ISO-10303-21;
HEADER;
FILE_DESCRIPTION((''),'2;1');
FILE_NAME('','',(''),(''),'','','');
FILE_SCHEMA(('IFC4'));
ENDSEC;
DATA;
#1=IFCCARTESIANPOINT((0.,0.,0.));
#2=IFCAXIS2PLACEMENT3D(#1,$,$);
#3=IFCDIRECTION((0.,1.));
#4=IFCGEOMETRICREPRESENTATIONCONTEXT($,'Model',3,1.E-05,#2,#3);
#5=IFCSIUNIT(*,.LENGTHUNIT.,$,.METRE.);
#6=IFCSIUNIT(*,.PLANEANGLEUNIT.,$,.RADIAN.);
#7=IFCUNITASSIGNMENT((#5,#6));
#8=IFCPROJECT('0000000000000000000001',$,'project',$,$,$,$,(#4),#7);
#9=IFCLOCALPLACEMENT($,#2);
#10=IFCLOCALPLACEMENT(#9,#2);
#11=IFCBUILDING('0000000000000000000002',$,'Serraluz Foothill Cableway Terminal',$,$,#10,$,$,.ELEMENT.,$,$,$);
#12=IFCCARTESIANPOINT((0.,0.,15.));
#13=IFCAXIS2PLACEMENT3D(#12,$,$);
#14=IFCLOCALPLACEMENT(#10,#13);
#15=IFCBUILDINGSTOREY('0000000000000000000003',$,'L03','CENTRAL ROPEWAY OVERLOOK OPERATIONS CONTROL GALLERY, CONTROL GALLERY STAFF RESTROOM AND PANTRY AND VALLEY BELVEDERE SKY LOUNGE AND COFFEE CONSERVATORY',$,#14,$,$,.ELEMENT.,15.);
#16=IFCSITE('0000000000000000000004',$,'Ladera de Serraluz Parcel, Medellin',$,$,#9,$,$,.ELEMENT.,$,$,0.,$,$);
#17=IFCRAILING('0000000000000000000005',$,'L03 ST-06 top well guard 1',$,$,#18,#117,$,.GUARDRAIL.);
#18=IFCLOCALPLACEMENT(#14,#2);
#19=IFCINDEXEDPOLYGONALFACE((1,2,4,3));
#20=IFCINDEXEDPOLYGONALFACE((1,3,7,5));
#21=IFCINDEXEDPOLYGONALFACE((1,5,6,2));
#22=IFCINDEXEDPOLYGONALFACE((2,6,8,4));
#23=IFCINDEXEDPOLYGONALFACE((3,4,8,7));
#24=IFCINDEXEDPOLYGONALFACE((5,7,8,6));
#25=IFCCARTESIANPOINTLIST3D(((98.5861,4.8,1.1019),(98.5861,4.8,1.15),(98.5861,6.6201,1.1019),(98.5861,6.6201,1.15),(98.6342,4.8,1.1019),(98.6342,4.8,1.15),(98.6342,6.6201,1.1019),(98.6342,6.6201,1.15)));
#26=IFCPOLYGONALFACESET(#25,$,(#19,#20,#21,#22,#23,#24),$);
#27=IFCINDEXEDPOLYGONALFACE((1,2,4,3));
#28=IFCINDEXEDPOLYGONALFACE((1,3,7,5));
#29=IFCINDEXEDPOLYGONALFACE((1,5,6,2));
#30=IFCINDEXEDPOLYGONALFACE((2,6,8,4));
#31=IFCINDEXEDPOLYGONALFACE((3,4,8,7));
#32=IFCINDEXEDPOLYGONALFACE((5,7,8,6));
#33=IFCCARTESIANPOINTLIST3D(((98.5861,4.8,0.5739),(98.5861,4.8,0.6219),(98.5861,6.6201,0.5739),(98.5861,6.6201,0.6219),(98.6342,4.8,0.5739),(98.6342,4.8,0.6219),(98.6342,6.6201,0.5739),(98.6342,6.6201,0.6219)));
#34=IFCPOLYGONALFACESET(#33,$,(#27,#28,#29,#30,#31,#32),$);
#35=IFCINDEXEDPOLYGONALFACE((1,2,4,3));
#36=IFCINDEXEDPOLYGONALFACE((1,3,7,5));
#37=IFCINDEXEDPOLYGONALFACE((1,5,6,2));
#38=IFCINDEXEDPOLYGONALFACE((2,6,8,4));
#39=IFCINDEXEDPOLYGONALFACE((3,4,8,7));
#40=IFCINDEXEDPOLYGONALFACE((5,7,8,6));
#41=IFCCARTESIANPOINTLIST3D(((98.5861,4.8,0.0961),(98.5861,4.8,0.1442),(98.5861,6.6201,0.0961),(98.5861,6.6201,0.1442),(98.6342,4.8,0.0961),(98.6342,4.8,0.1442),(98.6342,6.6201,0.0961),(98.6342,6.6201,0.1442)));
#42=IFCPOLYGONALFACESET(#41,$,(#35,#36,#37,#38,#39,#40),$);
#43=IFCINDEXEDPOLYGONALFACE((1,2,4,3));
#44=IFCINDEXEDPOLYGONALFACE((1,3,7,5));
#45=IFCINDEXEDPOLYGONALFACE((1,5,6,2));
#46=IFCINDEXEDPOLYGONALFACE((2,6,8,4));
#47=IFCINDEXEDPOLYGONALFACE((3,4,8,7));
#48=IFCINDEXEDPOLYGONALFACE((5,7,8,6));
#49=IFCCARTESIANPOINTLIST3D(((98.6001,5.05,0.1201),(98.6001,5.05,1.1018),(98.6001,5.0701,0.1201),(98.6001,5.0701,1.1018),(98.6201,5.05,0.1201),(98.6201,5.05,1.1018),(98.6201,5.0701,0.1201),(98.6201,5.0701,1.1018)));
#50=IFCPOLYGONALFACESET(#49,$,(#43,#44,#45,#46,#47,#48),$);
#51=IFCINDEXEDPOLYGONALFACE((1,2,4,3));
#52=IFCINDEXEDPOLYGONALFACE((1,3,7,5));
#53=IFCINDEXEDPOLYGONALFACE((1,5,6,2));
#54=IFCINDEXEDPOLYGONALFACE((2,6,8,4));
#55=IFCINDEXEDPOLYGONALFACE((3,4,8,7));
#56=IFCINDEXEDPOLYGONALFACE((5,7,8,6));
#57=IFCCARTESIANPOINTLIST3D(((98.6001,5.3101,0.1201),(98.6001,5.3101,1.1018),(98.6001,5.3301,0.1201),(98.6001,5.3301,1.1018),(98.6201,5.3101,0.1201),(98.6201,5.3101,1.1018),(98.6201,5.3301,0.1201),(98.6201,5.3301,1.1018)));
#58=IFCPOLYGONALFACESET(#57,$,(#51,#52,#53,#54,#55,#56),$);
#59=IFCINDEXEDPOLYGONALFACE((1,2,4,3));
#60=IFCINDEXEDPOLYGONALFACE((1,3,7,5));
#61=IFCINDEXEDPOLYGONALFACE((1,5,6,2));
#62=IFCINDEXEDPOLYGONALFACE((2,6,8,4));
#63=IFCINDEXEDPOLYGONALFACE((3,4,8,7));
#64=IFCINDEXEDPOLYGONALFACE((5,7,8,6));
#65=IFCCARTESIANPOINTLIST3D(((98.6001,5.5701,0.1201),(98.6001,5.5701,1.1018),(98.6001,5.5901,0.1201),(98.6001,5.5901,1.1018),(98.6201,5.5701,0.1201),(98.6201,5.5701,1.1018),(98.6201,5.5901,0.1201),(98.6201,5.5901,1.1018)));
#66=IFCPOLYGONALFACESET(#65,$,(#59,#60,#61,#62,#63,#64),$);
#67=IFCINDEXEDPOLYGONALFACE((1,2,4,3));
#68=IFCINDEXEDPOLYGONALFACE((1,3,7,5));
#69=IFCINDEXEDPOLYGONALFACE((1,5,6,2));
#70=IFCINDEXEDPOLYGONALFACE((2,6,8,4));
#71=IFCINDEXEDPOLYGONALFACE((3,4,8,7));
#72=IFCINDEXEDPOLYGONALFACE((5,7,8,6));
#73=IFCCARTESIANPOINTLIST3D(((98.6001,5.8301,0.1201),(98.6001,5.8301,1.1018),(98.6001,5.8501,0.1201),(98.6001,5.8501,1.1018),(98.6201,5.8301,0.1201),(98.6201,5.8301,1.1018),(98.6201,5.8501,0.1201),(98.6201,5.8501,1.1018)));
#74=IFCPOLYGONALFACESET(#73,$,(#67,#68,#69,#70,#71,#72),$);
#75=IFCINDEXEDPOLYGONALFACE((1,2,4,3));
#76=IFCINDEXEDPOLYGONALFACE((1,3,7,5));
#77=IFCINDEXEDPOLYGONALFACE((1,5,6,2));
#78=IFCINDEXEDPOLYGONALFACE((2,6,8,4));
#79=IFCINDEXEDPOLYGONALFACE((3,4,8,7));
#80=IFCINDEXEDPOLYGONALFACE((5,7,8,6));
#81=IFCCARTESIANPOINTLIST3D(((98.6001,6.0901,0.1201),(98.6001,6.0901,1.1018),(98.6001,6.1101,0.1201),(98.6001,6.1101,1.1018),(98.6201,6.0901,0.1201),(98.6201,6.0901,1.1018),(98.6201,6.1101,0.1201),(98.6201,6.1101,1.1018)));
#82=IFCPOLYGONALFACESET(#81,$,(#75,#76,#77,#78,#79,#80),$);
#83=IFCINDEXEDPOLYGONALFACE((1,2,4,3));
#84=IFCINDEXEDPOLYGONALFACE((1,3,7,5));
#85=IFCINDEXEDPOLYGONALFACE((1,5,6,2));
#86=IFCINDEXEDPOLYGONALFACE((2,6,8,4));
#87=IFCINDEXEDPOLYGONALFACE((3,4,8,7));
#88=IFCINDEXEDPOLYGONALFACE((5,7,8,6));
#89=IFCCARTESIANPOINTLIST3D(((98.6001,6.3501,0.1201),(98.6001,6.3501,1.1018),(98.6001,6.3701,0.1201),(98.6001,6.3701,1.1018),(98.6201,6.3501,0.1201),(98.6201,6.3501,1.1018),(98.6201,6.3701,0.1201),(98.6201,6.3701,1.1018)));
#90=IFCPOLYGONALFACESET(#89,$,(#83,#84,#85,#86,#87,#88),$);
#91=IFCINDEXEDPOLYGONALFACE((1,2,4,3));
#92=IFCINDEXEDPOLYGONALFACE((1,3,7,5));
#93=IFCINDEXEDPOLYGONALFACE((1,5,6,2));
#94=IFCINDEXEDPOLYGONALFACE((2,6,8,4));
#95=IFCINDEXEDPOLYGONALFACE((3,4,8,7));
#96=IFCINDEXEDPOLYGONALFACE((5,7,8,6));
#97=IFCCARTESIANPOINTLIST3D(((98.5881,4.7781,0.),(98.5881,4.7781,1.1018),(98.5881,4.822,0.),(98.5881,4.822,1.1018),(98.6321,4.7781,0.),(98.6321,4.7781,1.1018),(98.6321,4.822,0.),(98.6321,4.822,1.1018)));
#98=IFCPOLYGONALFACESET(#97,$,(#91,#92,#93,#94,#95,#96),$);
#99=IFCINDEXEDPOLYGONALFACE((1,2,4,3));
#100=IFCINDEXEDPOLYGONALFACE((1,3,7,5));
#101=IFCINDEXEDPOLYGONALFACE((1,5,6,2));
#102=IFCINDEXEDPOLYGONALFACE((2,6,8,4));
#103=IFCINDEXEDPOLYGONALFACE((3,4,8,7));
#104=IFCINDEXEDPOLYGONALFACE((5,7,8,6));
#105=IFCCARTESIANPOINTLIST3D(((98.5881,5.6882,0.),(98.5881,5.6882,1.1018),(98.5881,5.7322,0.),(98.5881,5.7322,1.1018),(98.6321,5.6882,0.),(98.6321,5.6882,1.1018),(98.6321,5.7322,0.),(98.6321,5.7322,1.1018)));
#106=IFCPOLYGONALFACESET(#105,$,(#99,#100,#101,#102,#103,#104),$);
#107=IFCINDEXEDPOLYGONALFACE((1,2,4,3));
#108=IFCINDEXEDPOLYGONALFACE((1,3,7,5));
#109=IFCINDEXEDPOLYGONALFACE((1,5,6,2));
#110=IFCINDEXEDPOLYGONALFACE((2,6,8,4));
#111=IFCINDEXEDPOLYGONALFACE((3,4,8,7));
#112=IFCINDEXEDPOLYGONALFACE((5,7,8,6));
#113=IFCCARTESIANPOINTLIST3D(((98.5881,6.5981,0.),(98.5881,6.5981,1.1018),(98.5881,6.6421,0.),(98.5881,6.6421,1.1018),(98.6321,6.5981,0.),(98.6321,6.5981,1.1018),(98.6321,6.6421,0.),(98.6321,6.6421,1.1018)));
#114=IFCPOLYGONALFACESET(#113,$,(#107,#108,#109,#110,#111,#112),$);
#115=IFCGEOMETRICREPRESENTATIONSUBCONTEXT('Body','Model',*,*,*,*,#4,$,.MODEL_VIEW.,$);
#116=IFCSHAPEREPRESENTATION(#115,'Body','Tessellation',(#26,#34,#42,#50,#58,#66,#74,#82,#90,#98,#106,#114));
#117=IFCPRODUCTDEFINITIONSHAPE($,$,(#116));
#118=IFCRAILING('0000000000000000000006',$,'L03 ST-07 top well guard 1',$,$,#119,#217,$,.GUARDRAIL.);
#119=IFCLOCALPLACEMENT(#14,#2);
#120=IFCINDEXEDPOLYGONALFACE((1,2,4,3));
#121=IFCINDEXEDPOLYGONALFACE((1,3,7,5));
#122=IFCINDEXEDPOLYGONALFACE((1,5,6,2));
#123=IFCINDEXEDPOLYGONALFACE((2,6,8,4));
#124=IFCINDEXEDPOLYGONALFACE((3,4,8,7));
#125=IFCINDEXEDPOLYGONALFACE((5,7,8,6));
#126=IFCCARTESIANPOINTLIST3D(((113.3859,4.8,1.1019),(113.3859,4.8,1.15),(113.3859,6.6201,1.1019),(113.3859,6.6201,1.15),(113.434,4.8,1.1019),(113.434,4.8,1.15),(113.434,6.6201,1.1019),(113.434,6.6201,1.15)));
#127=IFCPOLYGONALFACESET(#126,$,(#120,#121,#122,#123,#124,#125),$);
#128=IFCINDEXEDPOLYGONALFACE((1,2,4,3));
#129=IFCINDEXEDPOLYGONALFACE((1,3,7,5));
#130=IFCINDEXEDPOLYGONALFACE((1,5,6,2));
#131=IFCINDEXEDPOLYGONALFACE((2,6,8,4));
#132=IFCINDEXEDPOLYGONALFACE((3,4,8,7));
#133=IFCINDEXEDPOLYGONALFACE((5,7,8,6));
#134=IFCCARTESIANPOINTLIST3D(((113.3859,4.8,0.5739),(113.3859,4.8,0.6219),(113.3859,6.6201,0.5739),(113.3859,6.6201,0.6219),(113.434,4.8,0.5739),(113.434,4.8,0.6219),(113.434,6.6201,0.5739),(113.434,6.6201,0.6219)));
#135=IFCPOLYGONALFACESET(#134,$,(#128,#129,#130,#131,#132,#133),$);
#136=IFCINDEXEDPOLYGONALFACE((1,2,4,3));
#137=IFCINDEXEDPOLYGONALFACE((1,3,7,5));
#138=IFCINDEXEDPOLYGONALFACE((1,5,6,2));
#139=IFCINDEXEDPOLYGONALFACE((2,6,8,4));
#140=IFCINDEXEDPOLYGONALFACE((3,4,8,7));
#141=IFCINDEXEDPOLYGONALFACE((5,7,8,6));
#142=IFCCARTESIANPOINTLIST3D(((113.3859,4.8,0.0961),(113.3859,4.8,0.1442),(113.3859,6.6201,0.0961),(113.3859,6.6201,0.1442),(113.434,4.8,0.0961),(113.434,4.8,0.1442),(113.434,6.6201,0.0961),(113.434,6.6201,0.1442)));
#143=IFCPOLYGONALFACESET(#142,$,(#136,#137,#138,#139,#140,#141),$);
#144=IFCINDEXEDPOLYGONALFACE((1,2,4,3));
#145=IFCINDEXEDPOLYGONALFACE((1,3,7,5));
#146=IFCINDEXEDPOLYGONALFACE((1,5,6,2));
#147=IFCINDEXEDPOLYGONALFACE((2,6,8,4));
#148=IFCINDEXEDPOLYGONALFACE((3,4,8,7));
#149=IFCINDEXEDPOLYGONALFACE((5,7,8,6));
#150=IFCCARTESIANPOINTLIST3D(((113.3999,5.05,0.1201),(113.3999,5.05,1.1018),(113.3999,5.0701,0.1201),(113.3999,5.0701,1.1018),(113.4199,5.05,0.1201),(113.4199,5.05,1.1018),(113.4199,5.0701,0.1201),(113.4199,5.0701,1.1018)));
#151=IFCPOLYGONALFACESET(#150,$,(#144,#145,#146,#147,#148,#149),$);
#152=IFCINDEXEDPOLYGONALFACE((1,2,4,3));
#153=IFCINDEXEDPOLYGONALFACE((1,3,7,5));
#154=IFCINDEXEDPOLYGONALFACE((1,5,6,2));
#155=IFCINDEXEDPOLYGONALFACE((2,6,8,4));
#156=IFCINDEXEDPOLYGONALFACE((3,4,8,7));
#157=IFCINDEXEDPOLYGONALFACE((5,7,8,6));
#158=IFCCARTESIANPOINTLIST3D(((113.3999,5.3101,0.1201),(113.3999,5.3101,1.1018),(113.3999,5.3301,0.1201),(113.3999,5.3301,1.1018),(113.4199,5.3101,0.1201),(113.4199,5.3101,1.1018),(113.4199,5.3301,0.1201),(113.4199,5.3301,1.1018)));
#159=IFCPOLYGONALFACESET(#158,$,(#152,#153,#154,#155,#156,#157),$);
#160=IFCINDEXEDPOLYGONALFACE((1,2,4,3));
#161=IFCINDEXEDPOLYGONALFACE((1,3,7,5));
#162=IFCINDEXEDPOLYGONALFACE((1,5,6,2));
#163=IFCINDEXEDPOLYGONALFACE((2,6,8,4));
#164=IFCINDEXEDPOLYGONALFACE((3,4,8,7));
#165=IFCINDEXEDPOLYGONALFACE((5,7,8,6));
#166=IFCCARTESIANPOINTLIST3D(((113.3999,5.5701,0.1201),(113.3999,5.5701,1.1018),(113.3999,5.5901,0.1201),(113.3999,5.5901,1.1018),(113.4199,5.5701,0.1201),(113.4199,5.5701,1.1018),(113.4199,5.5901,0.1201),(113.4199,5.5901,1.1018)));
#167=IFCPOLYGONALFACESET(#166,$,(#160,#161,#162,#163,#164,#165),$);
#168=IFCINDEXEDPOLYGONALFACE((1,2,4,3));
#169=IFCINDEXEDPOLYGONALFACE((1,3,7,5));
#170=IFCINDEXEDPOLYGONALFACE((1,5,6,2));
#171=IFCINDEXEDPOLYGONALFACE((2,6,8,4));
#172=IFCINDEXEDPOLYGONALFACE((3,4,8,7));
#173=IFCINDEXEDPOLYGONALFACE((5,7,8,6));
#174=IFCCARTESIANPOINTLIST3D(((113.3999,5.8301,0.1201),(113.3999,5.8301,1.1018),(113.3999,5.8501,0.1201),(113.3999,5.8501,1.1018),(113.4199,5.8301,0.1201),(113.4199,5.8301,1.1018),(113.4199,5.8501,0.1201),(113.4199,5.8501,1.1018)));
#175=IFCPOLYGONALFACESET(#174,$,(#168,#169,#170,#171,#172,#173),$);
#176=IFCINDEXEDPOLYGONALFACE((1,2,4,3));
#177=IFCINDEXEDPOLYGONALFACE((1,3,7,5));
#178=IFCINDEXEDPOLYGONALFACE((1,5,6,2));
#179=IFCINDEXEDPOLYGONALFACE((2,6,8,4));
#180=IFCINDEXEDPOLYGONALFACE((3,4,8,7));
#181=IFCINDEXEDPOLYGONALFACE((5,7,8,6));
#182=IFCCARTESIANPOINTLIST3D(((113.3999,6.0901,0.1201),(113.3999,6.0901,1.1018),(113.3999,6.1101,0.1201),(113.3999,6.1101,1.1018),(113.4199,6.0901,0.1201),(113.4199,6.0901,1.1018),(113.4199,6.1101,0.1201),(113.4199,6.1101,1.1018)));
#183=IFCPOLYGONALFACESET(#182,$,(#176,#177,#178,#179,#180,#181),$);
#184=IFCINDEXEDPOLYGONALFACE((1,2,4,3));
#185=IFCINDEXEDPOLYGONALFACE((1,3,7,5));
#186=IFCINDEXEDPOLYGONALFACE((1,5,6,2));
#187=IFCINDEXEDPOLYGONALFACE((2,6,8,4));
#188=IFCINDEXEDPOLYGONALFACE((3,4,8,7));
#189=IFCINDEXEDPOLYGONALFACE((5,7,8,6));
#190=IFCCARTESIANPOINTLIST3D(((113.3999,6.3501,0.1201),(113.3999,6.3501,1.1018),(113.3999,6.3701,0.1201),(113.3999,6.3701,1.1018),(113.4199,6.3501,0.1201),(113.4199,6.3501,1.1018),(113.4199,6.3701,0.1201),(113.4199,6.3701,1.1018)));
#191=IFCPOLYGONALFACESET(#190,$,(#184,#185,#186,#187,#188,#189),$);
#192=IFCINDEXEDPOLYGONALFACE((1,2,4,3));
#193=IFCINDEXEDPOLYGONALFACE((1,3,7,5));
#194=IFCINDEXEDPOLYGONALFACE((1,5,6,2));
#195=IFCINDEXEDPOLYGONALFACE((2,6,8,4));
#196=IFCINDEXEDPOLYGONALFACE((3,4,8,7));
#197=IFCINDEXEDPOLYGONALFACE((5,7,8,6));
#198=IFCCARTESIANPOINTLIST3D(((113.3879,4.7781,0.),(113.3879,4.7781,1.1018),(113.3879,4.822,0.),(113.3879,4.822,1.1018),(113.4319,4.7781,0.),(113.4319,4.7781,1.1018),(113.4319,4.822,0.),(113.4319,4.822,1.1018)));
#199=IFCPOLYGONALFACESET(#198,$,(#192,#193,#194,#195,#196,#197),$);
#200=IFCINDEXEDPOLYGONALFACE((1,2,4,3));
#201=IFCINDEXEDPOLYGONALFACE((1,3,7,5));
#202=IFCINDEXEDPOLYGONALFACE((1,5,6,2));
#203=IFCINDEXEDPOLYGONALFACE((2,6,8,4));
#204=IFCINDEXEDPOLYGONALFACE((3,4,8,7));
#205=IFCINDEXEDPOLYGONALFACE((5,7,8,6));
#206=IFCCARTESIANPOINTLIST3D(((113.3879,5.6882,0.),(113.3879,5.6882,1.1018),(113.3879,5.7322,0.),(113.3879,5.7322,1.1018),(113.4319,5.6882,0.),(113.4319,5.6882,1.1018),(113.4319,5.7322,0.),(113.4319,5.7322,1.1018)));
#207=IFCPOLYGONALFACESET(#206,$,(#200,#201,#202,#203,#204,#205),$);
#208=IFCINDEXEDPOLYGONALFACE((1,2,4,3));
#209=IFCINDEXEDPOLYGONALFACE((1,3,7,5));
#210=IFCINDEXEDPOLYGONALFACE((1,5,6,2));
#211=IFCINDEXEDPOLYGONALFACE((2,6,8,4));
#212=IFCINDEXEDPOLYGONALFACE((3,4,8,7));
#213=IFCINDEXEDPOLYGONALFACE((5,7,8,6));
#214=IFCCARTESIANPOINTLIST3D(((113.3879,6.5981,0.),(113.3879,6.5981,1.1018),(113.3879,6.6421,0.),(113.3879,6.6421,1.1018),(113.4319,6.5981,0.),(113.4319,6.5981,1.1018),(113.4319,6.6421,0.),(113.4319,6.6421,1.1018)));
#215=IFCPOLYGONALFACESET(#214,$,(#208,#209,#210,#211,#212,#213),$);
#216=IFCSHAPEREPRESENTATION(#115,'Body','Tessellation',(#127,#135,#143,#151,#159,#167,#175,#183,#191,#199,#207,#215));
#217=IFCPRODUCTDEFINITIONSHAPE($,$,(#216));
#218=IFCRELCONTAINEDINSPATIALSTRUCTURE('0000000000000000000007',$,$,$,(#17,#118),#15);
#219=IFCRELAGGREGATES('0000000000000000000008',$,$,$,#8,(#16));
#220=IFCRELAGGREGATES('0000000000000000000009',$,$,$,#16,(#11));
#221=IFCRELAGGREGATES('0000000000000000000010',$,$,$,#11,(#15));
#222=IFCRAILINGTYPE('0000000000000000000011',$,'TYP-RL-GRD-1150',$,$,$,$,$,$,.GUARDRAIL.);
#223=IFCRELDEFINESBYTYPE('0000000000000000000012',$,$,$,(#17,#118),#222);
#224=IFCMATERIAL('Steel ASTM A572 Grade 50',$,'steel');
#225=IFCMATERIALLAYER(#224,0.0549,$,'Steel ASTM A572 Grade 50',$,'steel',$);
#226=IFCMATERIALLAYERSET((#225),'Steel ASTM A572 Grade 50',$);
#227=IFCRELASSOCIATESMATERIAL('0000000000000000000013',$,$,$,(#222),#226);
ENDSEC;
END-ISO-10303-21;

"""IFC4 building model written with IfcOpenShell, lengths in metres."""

from ifc_helpers import new_model, si_unit, direction, frame, origin, origin_2d, place, context, subcontext, project, spatial, rectangle, extrude, material, layer, layer_set, type_object, element, save


model = new_model("IFC4")

# Units and contexts
model_context = context("Model", 3, precision=1e-05, world=origin(), true_north=direction((0.0, 1.0)))
body_context = subcontext(model_context, "Body", "Model", "MODEL_VIEW")
ifc_project = project(units=[si_unit("LENGTHUNIT", "METRE"), si_unit("PLANEANGLEUNIT", "RADIAN")], contexts=[model_context])

# Site, building, storey
site_placement = place(None, origin())
site = spatial("IfcSite", under=ifc_project, at=site_placement, Name="Ladera de Serraluz Parcel, Medellin", CompositionType="ELEMENT", RefElevation=0.0)
building_placement = place(site_placement, origin())
building = spatial("IfcBuilding", under=site, at=building_placement, Name="Serraluz Foothill Cableway Terminal", CompositionType="ELEMENT")
storey_placement = place(building_placement, frame((0.0, 0.0, 15.0)))
storey = spatial("IfcBuildingStorey", under=building, at=storey_placement, Name="L03", Description="CENTRAL ROPEWAY OVERLOOK OPERATIONS CONTROL GALLERY, CONTROL GALLERY STAFF RESTROOM AND PANTRY AND VALLEY BELVEDERE SKY LOUNGE AND COFFEE CONSERVATORY", CompositionType="ELEMENT", Elevation=15.0)

# Railings
ifc_material_1 = material(Name="Steel ASTM A572 Grade 50", Category="steel")
ifc_layer_1 = layer(ifc_material_1, 0.0549, Name="Steel ASTM A572 Grade 50", Category="steel")
ifc_layer_set_1 = layer_set([ifc_layer_1], Name="Steel ASTM A572 Grade 50")
railing_type = type_object("IfcRailingType", Name="TYP-RL-GRD-1150", PredefinedType="GUARDRAIL", material=ifc_layer_set_1)
railing_1_placement = place(storey_placement, frame((98.6101, 4.8, 0.0)))
element("IfcRailing", 1, at=railing_1_placement, inside=storey, type_object=railing_type, Name="L03 ST-06 top well guard 1", PredefinedType="GUARDRAIL", context=body_context, shape_type="SweptSolid", body=[
    extrude(rectangle(XDim=0.0481, YDim=0.0481, at=origin_2d()), frame((0.0, 0.0, 1.126), z_axis=(0.0, 1.0, 0.0), x_axis=(-1.0, 0.0, 0.0)), (0.0, 0.0, 1.0), 1.8201),
    extrude(rectangle(XDim=0.0481, YDim=0.0481, at=origin_2d()), frame((0.0, 0.0, 0.5979), z_axis=(0.0, 1.0, 0.0), x_axis=(-1.0, 0.0, 0.0)), (0.0, 0.0, 1.0), 1.8201),
    extrude(rectangle(XDim=0.0481, YDim=0.0481, at=origin_2d()), frame((0.0, 0.0, 0.1201), z_axis=(0.0, 1.0, 0.0), x_axis=(-1.0, 0.0, 0.0)), (0.0, 0.0, 1.0), 1.8201),
    extrude(rectangle(XDim=0.02, YDim=0.02, at=origin_2d()), frame((0.0, 0.26, 0.1201)), (0.0, 0.0, 1.0), 0.9817),
    extrude(rectangle(XDim=0.02, YDim=0.02, at=origin_2d()), frame((0.0, 0.52, 0.1201)), (0.0, 0.0, 1.0), 0.9817),
    extrude(rectangle(XDim=0.02, YDim=0.02, at=origin_2d()), frame((0.0, 0.78, 0.1201)), (0.0, 0.0, 1.0), 0.9817),
    extrude(rectangle(XDim=0.02, YDim=0.02, at=origin_2d()), frame((0.0, 1.04, 0.1201)), (0.0, 0.0, 1.0), 0.9817),
    extrude(rectangle(XDim=0.02, YDim=0.02, at=origin_2d()), frame((0.0, 1.3, 0.1201)), (0.0, 0.0, 1.0), 0.9817),
    extrude(rectangle(XDim=0.02, YDim=0.02, at=origin_2d()), frame((0.0, 1.5601, 0.1201)), (0.0, 0.0, 1.0), 0.9817),
    extrude(rectangle(XDim=0.0439, YDim=0.0439, at=origin_2d()), origin(), (0.0, 0.0, 1.0), 1.1018),
    extrude(rectangle(XDim=0.0439, YDim=0.0439, at=origin_2d()), frame((0.0, 0.9102, 0.0)), (0.0, 0.0, 1.0), 1.1018),
    extrude(rectangle(XDim=0.0439, YDim=0.0439, at=origin_2d()), frame((0.0, 1.8201, 0.0)), (0.0, 0.0, 1.0), 1.1018),
])
railing_2_placement = place(storey_placement, frame((113.4099, 4.8, 0.0)))
element("IfcRailing", 2, at=railing_2_placement, inside=storey, type_object=railing_type, Name="L03 ST-07 top well guard 1", PredefinedType="GUARDRAIL", context=body_context, shape_type="SweptSolid", body=[
    extrude(rectangle(XDim=0.0481, YDim=0.0481, at=origin_2d()), frame((0.0, 0.0, 1.126), z_axis=(0.0, 1.0, 0.0), x_axis=(-1.0, 0.0, 0.0)), (0.0, 0.0, 1.0), 1.8201),
    extrude(rectangle(XDim=0.0481, YDim=0.0481, at=origin_2d()), frame((0.0, 0.0, 0.5979), z_axis=(0.0, 1.0, 0.0), x_axis=(-1.0, 0.0, 0.0)), (0.0, 0.0, 1.0), 1.8201),
    extrude(rectangle(XDim=0.0481, YDim=0.0481, at=origin_2d()), frame((0.0, 0.0, 0.1201), z_axis=(0.0, 1.0, 0.0), x_axis=(-1.0, 0.0, 0.0)), (0.0, 0.0, 1.0), 1.8201),
    extrude(rectangle(XDim=0.02, YDim=0.02, at=origin_2d()), frame((0.0, 0.26, 0.1201)), (0.0, 0.0, 1.0), 0.9817),
    extrude(rectangle(XDim=0.02, YDim=0.02, at=origin_2d()), frame((0.0, 0.52, 0.1201)), (0.0, 0.0, 1.0), 0.9817),
    extrude(rectangle(XDim=0.02, YDim=0.02, at=origin_2d()), frame((0.0, 0.78, 0.1201)), (0.0, 0.0, 1.0), 0.9817),
    extrude(rectangle(XDim=0.02, YDim=0.02, at=origin_2d()), frame((0.0, 1.04, 0.1201)), (0.0, 0.0, 1.0), 0.9817),
    extrude(rectangle(XDim=0.02, YDim=0.02, at=origin_2d()), frame((0.0, 1.3, 0.1201)), (0.0, 0.0, 1.0), 0.9817),
    extrude(rectangle(XDim=0.02, YDim=0.02, at=origin_2d()), frame((0.0, 1.5601, 0.1201)), (0.0, 0.0, 1.0), 0.9817),
    extrude(rectangle(XDim=0.0439, YDim=0.0439, at=origin_2d()), origin(), (0.0, 0.0, 1.0), 1.1018),
    extrude(rectangle(XDim=0.0439, YDim=0.0439, at=origin_2d()), frame((0.0, 0.9102, 0.0)), (0.0, 0.0, 1.0), 1.1018),
    extrude(rectangle(XDim=0.0439, YDim=0.0439, at=origin_2d()), frame((0.0, 1.8201, 0.0)), (0.0, 0.0, 1.0), 1.1018),
])

save(model, "model.ifc")
